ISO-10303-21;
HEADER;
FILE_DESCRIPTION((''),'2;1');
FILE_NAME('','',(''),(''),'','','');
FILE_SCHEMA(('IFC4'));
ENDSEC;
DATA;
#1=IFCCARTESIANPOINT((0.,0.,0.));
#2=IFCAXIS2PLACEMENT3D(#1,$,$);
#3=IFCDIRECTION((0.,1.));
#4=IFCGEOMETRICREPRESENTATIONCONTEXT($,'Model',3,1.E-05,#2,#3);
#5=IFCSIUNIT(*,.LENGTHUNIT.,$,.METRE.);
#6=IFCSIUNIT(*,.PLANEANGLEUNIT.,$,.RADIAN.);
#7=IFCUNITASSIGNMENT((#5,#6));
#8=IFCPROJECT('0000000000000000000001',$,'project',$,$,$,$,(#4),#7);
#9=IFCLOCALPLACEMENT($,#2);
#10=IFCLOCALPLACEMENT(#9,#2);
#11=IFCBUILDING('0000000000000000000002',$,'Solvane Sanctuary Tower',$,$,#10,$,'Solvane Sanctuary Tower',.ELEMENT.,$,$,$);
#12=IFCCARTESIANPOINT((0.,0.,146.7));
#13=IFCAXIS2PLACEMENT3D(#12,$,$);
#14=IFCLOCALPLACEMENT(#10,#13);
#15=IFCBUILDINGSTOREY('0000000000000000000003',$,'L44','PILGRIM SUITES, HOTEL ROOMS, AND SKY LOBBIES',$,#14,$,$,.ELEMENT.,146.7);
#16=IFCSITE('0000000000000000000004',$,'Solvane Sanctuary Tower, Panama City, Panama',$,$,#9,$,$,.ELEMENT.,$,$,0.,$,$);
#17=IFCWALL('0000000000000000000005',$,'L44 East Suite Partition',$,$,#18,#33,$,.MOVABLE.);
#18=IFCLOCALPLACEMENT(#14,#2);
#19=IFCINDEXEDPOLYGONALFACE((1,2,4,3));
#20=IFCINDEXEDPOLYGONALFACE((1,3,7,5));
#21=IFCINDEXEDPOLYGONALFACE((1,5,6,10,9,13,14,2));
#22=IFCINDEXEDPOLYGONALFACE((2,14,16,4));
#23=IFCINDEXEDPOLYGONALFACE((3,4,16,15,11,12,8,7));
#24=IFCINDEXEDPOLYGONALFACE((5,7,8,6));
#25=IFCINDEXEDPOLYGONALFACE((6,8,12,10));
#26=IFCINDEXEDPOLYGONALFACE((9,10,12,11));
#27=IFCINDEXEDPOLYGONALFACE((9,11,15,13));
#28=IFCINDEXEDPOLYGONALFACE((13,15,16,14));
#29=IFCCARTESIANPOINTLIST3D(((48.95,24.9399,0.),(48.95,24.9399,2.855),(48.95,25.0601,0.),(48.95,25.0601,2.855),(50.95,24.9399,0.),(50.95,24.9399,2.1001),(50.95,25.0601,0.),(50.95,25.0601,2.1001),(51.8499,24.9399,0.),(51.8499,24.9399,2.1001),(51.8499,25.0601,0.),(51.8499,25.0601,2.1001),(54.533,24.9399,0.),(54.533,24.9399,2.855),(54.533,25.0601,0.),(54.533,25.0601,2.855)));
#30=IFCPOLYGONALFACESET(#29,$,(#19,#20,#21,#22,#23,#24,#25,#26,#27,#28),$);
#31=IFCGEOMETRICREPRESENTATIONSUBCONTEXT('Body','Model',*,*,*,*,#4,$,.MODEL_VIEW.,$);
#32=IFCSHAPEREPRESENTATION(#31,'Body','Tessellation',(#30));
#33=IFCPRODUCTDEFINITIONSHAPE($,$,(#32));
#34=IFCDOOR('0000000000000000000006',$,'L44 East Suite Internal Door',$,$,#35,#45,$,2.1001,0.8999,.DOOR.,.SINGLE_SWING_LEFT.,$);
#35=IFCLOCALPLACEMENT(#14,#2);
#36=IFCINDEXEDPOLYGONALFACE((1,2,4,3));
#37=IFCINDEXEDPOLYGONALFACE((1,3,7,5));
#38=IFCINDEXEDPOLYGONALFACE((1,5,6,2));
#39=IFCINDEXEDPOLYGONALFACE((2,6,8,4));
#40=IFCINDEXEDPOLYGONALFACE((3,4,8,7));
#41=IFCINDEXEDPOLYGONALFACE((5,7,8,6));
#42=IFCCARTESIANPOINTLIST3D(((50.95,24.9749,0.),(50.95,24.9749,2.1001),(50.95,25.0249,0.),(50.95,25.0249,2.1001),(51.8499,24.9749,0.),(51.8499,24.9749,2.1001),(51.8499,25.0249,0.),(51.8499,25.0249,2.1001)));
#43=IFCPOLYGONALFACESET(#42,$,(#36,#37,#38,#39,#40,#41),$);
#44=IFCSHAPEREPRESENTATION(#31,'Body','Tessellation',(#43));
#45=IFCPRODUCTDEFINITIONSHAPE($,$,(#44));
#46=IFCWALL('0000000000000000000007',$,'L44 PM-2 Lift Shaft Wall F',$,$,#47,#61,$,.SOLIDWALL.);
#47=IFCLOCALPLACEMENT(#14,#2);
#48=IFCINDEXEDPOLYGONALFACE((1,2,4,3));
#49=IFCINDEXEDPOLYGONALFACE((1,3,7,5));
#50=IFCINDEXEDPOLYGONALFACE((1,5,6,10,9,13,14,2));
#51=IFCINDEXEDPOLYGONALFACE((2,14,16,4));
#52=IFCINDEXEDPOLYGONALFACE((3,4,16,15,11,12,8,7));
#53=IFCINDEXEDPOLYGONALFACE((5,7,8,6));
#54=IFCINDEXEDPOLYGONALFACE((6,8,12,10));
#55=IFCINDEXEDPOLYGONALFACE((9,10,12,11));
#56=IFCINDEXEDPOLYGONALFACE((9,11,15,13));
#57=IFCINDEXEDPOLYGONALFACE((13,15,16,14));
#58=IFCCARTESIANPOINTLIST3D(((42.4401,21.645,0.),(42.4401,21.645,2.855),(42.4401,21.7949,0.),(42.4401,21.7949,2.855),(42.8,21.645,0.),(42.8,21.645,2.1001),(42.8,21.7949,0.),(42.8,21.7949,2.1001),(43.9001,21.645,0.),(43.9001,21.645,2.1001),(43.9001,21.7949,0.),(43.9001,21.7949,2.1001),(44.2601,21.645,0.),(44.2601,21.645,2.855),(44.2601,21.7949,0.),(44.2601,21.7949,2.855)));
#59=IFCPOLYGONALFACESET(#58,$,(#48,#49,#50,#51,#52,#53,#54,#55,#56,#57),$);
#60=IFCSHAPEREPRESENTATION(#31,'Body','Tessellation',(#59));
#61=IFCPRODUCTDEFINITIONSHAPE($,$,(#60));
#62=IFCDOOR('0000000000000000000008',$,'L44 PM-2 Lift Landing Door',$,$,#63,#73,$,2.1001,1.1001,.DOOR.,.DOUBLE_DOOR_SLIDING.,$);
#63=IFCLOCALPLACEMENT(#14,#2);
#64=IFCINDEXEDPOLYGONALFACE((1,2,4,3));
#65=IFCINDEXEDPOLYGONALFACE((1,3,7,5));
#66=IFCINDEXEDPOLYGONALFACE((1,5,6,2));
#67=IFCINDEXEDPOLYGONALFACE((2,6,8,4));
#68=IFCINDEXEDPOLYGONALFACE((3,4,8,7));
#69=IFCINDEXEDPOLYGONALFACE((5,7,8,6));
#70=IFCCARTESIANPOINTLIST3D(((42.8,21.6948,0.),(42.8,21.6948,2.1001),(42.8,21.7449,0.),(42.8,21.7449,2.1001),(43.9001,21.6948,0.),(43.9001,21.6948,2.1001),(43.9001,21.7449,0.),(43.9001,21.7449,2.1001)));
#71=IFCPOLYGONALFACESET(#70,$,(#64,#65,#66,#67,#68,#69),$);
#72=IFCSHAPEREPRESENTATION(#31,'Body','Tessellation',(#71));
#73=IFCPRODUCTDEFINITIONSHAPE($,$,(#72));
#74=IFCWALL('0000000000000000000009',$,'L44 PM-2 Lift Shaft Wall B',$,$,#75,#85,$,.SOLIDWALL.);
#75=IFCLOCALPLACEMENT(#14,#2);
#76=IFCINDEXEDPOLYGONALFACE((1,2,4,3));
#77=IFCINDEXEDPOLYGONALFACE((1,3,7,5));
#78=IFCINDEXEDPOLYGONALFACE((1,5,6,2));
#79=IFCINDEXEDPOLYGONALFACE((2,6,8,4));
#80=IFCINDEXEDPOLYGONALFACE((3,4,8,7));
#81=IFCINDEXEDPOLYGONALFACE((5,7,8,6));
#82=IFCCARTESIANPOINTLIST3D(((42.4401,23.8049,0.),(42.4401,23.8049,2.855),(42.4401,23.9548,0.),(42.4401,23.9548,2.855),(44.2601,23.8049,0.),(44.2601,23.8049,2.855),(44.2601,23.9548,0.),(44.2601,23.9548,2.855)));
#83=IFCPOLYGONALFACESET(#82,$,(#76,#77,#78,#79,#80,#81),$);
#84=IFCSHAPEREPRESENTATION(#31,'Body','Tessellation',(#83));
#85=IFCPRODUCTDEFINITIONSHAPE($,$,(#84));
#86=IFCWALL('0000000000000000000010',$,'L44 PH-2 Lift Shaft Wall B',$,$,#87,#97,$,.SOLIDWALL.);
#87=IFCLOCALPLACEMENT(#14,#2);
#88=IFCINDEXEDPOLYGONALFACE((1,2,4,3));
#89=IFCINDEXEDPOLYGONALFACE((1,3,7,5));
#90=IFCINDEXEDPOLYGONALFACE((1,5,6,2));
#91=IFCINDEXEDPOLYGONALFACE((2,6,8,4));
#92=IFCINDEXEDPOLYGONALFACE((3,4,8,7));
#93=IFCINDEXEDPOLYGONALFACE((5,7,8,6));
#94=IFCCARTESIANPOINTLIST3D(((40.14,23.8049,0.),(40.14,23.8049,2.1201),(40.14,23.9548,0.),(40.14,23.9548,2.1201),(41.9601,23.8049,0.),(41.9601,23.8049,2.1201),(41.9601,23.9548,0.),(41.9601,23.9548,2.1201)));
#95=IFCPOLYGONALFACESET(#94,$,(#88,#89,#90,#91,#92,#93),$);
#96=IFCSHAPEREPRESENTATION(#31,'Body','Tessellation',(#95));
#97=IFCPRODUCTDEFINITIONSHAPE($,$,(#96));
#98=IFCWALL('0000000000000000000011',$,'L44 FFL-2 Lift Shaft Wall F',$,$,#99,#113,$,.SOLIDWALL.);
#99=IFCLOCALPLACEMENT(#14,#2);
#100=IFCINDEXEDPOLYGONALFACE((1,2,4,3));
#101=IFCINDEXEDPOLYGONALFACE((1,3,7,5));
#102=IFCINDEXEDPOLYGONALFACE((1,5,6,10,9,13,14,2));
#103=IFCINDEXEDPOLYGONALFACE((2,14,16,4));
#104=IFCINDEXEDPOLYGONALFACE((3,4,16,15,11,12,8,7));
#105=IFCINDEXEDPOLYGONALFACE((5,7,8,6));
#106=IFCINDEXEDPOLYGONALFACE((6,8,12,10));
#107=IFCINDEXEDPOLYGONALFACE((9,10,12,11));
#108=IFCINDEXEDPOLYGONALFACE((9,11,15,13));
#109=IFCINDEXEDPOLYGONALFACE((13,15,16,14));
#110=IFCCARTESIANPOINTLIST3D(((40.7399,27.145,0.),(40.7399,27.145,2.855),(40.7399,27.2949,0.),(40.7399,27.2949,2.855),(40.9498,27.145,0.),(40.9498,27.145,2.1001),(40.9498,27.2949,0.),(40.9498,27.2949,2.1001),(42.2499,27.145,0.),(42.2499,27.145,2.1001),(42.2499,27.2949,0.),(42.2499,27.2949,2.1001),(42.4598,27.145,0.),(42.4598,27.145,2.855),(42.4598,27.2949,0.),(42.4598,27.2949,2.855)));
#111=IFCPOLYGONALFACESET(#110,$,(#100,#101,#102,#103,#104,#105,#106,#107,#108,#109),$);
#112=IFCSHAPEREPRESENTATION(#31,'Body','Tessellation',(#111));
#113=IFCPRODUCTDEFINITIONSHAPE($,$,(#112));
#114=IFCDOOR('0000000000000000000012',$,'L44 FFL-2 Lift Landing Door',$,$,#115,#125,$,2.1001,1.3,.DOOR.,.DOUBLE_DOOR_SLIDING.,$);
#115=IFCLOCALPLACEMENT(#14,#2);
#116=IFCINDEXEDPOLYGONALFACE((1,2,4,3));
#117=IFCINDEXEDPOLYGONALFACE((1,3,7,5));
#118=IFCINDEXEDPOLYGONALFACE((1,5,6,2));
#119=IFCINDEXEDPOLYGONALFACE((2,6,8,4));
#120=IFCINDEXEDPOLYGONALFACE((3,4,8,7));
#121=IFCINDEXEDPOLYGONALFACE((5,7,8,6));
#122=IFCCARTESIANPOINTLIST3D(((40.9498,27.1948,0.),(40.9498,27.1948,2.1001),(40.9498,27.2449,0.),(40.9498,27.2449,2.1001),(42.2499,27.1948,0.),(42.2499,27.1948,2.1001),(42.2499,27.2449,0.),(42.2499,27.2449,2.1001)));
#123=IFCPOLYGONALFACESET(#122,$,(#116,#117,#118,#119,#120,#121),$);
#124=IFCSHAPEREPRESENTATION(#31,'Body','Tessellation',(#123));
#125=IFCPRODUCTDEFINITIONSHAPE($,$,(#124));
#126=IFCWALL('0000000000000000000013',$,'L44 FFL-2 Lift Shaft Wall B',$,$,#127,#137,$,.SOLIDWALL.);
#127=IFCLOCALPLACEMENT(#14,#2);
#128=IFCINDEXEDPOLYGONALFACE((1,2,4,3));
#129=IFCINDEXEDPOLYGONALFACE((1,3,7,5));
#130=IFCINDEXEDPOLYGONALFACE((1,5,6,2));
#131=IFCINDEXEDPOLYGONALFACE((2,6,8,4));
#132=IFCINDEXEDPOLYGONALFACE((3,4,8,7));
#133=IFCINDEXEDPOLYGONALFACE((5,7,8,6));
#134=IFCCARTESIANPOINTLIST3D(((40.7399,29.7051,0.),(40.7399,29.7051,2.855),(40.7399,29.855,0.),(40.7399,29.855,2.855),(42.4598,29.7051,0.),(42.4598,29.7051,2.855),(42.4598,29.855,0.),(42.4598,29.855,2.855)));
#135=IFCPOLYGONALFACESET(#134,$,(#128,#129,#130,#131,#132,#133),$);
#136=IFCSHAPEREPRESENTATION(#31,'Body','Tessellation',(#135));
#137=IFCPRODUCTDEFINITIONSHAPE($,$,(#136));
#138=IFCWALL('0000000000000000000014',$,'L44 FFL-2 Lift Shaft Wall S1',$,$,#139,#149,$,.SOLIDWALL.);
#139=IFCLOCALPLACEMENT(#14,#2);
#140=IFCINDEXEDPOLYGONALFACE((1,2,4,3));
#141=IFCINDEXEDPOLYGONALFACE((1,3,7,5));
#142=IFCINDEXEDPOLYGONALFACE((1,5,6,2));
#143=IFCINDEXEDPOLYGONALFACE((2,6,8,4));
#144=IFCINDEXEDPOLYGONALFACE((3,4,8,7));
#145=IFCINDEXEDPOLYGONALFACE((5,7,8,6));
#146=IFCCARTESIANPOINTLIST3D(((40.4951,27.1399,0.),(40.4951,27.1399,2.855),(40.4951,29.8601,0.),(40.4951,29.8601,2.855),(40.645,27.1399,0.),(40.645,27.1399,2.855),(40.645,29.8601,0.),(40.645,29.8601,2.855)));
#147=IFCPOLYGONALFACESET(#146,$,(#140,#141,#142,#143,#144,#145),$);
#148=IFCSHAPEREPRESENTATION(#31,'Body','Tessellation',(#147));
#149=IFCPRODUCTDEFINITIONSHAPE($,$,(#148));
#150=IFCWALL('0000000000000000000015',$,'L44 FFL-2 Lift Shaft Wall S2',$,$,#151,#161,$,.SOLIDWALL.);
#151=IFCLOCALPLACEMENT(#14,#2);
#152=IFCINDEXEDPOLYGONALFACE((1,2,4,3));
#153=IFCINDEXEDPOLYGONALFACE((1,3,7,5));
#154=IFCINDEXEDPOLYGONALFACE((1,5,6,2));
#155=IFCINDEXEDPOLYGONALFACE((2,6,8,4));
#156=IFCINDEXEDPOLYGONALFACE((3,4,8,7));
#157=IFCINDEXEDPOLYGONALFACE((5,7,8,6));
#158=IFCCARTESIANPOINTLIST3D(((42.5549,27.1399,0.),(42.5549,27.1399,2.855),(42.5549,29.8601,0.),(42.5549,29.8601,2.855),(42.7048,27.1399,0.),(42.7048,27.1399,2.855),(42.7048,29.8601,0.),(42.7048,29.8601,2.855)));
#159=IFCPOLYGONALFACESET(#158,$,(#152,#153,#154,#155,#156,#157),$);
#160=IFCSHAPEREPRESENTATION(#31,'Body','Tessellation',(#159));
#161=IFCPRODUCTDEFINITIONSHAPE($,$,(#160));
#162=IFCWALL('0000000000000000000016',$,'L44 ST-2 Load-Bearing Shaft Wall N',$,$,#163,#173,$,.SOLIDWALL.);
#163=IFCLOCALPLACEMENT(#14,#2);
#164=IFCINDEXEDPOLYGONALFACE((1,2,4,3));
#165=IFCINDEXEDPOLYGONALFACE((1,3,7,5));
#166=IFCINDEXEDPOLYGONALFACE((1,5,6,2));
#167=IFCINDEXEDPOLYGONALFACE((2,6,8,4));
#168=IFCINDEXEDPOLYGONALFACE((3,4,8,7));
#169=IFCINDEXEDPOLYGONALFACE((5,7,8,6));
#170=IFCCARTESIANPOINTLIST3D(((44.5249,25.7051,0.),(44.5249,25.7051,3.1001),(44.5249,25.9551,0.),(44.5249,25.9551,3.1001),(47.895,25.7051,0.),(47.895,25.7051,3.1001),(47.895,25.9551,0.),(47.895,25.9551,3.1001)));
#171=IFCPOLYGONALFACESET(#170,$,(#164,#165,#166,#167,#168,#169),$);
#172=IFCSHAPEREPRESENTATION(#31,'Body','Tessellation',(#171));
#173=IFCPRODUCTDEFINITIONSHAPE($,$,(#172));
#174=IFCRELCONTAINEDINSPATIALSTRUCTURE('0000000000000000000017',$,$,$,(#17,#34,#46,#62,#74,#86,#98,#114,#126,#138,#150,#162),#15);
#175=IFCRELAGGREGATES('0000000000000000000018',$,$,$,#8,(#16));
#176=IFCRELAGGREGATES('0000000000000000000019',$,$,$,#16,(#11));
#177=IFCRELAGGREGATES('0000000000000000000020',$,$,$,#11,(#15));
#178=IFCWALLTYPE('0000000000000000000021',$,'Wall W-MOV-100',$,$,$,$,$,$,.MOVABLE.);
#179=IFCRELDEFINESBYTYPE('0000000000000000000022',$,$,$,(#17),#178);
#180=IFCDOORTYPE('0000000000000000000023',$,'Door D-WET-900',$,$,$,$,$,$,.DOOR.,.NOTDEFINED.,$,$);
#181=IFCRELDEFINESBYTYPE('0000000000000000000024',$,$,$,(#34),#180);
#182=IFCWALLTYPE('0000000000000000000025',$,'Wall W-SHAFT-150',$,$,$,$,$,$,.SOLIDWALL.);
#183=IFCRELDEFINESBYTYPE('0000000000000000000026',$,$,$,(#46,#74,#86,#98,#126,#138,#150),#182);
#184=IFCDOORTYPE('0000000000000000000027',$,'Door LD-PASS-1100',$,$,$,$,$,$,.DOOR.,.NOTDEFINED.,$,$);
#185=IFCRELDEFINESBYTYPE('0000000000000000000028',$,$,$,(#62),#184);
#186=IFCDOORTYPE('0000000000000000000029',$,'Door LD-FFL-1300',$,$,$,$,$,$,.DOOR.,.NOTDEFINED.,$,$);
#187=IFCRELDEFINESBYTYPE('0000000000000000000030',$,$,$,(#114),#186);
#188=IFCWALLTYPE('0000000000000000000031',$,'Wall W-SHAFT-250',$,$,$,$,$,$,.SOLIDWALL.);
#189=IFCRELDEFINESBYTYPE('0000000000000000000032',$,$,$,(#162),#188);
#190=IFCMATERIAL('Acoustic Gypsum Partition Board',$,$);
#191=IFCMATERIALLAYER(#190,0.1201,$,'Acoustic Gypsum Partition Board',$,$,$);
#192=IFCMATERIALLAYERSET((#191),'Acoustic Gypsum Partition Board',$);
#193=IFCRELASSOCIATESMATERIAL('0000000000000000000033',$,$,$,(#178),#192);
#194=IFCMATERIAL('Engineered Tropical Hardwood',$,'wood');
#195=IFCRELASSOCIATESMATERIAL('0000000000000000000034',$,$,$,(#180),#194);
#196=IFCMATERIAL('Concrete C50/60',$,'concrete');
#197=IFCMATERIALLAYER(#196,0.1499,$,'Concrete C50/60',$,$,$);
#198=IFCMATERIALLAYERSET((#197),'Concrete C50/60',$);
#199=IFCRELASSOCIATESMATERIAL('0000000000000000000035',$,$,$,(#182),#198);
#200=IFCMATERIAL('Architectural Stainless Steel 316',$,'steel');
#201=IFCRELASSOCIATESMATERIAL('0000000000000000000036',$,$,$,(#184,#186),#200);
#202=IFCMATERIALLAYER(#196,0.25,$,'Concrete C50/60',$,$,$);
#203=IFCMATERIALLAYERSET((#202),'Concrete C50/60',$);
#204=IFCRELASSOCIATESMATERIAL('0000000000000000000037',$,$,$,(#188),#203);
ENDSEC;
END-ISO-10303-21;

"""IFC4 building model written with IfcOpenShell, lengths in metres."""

from ifc_helpers import new_model, si_unit, direction, frame, frame_2d, origin, place, context, subcontext, project, spatial, rectangle, extrude, material, layer, layer_set, type_object, element, fill, save


model = new_model("IFC4")

# Units and contexts
model_context = context("Model", 3, precision=1e-05, world=origin(), true_north=direction((0.0, 1.0)))
body_context = subcontext(model_context, "Body", "Model", "MODEL_VIEW")
ifc_project = project(units=[si_unit("LENGTHUNIT", "METRE"), si_unit("PLANEANGLEUNIT", "RADIAN")], contexts=[model_context])

# Site, building, storey
site_placement = place(None, origin())
site = spatial("IfcSite", under=ifc_project, at=site_placement, Name="Solvane Sanctuary Tower, Panama City, Panama", CompositionType="ELEMENT", RefElevation=0.0)
building_placement = place(site_placement, origin())
building = spatial("IfcBuilding", under=site, at=building_placement, Name="Solvane Sanctuary Tower", LongName="Solvane Sanctuary Tower", CompositionType="ELEMENT")
storey_placement = place(building_placement, frame((0.0, 0.0, 146.7)))
storey = spatial("IfcBuildingStorey", under=building, at=storey_placement, Name="L44", Description="PILGRIM SUITES, HOTEL ROOMS, AND SKY LOBBIES", CompositionType="ELEMENT", Elevation=146.7)

# Shared definitions
ifc_material_1 = material(Name="Acoustic Gypsum Partition Board")

# Shared definitions
ifc_material_2 = material(Name="Architectural Stainless Steel 316", Category="steel")

# Walls, openings, doors
ifc_layer_1 = layer(ifc_material_1, 0.1201, Name="Acoustic Gypsum Partition Board")
ifc_layer_set_1 = layer_set([ifc_layer_1], Name="Acoustic Gypsum Partition Board")
wall_type_1 = type_object("IfcWallType", Name="Wall W-MOV-100", PredefinedType="MOVABLE", material=ifc_layer_set_1)
wall_1_placement = place(storey_placement, frame((48.95, 25.0, 0.0), z_axis=(0.0, 0.0, 1.0), x_axis=(1.0, 0.0, 0.0)))
wall_1 = element("IfcWall", 1, at=wall_1_placement, inside=storey, type_object=wall_type_1, Name="L44 East Suite Partition", PredefinedType="MOVABLE", context=body_context, shape_type="SweptSolid", body=[
    extrude(rectangle(XDim=5.583, YDim=0.1201, at=frame_2d((2.7915, 0.0))), origin(), (0.0, 0.0, 1.0), 2.855),
])
opening_1_placement = place(wall_1_placement, frame((2.0, 0.0, 0.0)))
opening_1 = element("IfcOpeningElement", 2, at=opening_1_placement, cuts=wall_1, PredefinedType="OPENING", context=body_context, shape_type="SweptSolid", body=[
    extrude(rectangle(XDim=0.8999, YDim=2.1001, at=frame_2d((0.45, 1.05))), frame((0.0, 0.0701, 0.0), z_axis=(0.0, -1.0, 0.0), x_axis=(1.0, 0.0, 0.0)), (0.0, 0.0, 1.0), 0.1401),
])
ifc_material_3 = material(Name="Engineered Tropical Hardwood", Category="wood")
door_type_1 = type_object("IfcDoorType", Name="Door D-WET-900", OperationType="NOTDEFINED", PredefinedType="DOOR", material=ifc_material_3)
door_1_placement = place(opening_1_placement, origin())
door_1 = element("IfcDoor", 3, at=door_1_placement, inside=storey, type_object=door_type_1, Name="L44 East Suite Internal Door", OperationType="SINGLE_SWING_LEFT", OverallHeight=2.1001, OverallWidth=0.8999, PredefinedType="DOOR", context=body_context, shape_type="SweptSolid", body=[
    extrude(rectangle(XDim=0.8999, YDim=2.1001, at=frame_2d((0.45, 1.05))), frame((0.0, 0.0249, 0.0), z_axis=(0.0, -1.0, 0.0), x_axis=(1.0, 0.0, 0.0)), (0.0, 0.0, 1.0), 0.05),
])
fill(opening_1, door_1)
ifc_material_4 = material(Name="Concrete C50/60", Category="concrete")
ifc_layer_2 = layer(ifc_material_4, 0.1499, Name="Concrete C50/60")
ifc_layer_set_2 = layer_set([ifc_layer_2], Name="Concrete C50/60")
wall_type_2 = type_object("IfcWallType", Name="Wall W-SHAFT-150", PredefinedType="SOLIDWALL", material=ifc_layer_set_2)
wall_2_placement = place(storey_placement, frame((42.4399, 21.72, 0.0), z_axis=(0.0, 0.0, 1.0), x_axis=(1.0, 0.0, 0.0)))
wall_2 = element("IfcWall", 4, at=wall_2_placement, inside=storey, type_object=wall_type_2, Name="L44 PM-2 Lift Shaft Wall F", PredefinedType="SOLIDWALL", context=body_context, shape_type="SweptSolid", body=[
    extrude(rectangle(XDim=1.8201, YDim=0.1499, at=frame_2d((0.9102, 0.0))), origin(), (0.0, 0.0, 1.0), 2.855),
])
opening_2_placement = place(wall_2_placement, frame((0.3601, 0.0, 0.0)))
opening_2 = element("IfcOpeningElement", 5, at=opening_2_placement, cuts=wall_2, PredefinedType="OPENING", context=body_context, shape_type="SweptSolid", body=[
    extrude(rectangle(XDim=1.1001, YDim=2.1001, at=frame_2d((0.55, 1.05))), frame((0.0, 0.085, 0.0), z_axis=(0.0, -1.0, 0.0), x_axis=(1.0, 0.0, 0.0)), (0.0, 0.0, 1.0), 0.1699),
])
door_type_2 = type_object("IfcDoorType", Name="Door LD-PASS-1100", OperationType="NOTDEFINED", PredefinedType="DOOR", material=ifc_material_2)
door_2_placement = place(opening_2_placement, origin())
door_2 = element("IfcDoor", 6, at=door_2_placement, inside=storey, type_object=door_type_2, Name="L44 PM-2 Lift Landing Door", OperationType="DOUBLE_DOOR_SLIDING", OverallHeight=2.1001, OverallWidth=1.1001, PredefinedType="DOOR", context=body_context, shape_type="SweptSolid", body=[
    extrude(rectangle(XDim=1.1001, YDim=2.1001, at=frame_2d((0.55, 1.05))), frame((0.0, 0.0249, 0.0), z_axis=(0.0, -1.0, 0.0), x_axis=(1.0, 0.0, 0.0)), (0.0, 0.0, 1.0), 0.05),
])
fill(opening_2, door_2)

# Walls
wall_3_placement = place(storey_placement, frame((42.4399, 23.8799, 0.0), z_axis=(0.0, 0.0, 1.0), x_axis=(1.0, 0.0, 0.0)))
element("IfcWall", 7, at=wall_3_placement, inside=storey, type_object=wall_type_2, Name="L44 PM-2 Lift Shaft Wall B", PredefinedType="SOLIDWALL", context=body_context, shape_type="SweptSolid", body=[
    extrude(rectangle(XDim=1.8201, YDim=0.1499, at=frame_2d((0.9102, 0.0))), origin(), (0.0, 0.0, 1.0), 2.855),
])
wall_4_placement = place(storey_placement, frame((40.1399, 23.8799, 0.0), z_axis=(0.0, 0.0, 1.0), x_axis=(1.0, 0.0, 0.0)))
element("IfcWall", 8, at=wall_4_placement, inside=storey, type_object=wall_type_2, Name="L44 PH-2 Lift Shaft Wall B", PredefinedType="SOLIDWALL", context=body_context, shape_type="SweptSolid", body=[
    extrude(rectangle(XDim=1.8201, YDim=0.1499, at=frame_2d((0.9102, 0.0))), origin(), (0.0, 0.0, 1.0), 2.1201),
])

# Wall, opening, door
wall_5_placement = place(storey_placement, frame((40.74, 27.22, 0.0), z_axis=(0.0, 0.0, 1.0), x_axis=(1.0, 0.0, 0.0)))
wall_5 = element("IfcWall", 9, at=wall_5_placement, inside=storey, type_object=wall_type_2, Name="L44 FFL-2 Lift Shaft Wall F", PredefinedType="SOLIDWALL", context=body_context, shape_type="SweptSolid", body=[
    extrude(rectangle(XDim=1.72, YDim=0.1499, at=frame_2d((0.8599, 0.0))), origin(), (0.0, 0.0, 1.0), 2.855),
])
opening_3_placement = place(wall_5_placement, frame((0.21, 0.0, 0.0)))
opening_3 = element("IfcOpeningElement", 10, at=opening_3_placement, cuts=wall_5, PredefinedType="OPENING", context=body_context, shape_type="SweptSolid", body=[
    extrude(rectangle(XDim=1.3, YDim=2.1001, at=frame_2d((0.6499, 1.05))), frame((0.0, 0.085, 0.0), z_axis=(0.0, -1.0, 0.0), x_axis=(1.0, 0.0, 0.0)), (0.0, 0.0, 1.0), 0.1699),
])
door_type_3 = type_object("IfcDoorType", Name="Door LD-FFL-1300", OperationType="NOTDEFINED", PredefinedType="DOOR", material=ifc_material_2)
door_3_placement = place(opening_3_placement, origin())
door_3 = element("IfcDoor", 11, at=door_3_placement, inside=storey, type_object=door_type_3, Name="L44 FFL-2 Lift Landing Door", OperationType="DOUBLE_DOOR_SLIDING", OverallHeight=2.1001, OverallWidth=1.3, PredefinedType="DOOR", context=body_context, shape_type="SweptSolid", body=[
    extrude(rectangle(XDim=1.3, YDim=2.1001, at=frame_2d((0.6499, 1.05))), frame((0.0, 0.0249, 0.0), z_axis=(0.0, -1.0, 0.0), x_axis=(1.0, 0.0, 0.0)), (0.0, 0.0, 1.0), 0.05),
])
fill(opening_3, door_3)

# Walls
wall_6_placement = place(storey_placement, frame((40.74, 29.78, 0.0), z_axis=(0.0, 0.0, 1.0), x_axis=(1.0, 0.0, 0.0)))
element("IfcWall", 12, at=wall_6_placement, inside=storey, type_object=wall_type_2, Name="L44 FFL-2 Lift Shaft Wall B", PredefinedType="SOLIDWALL", context=body_context, shape_type="SweptSolid", body=[
    extrude(rectangle(XDim=1.72, YDim=0.1499, at=frame_2d((0.8599, 0.0))), origin(), (0.0, 0.0, 1.0), 2.855),
])
for number, where, z_axis, x_axis, name in (
    (13, (40.5701, 27.1399, 0.0), (0.0, 0.0, 1.0), (0.0, 1.0, 0.0), "L44 FFL-2 Lift Shaft Wall S1"),
    (14, (42.6299, 27.1399, 0.0), (0.0, 0.0, 1.0), (0.0, 1.0, 0.0), "L44 FFL-2 Lift Shaft Wall S2"),
):
    element("IfcWall", number, at=place(storey_placement, frame(where, z_axis=z_axis, x_axis=x_axis)), inside=storey, type_object=wall_type_2, Name=name, PredefinedType="SOLIDWALL", context=body_context, shape_type="SweptSolid", body=[
        extrude(rectangle(XDim=2.7202, YDim=0.1499, at=frame_2d((1.3601, 0.0))), origin(), (0.0, 0.0, 1.0), 2.855),
    ])
ifc_layer_3 = layer(ifc_material_4, 0.25, Name="Concrete C50/60")
ifc_layer_set_3 = layer_set([ifc_layer_3], Name="Concrete C50/60")
wall_type_3 = type_object("IfcWallType", Name="Wall W-SHAFT-250", PredefinedType="SOLIDWALL", material=ifc_layer_set_3)
wall_7_placement = place(storey_placement, frame((44.5249, 25.8301, 0.0), z_axis=(0.0, 0.0, 1.0), x_axis=(1.0, 0.0, 0.0)))
element("IfcWall", 15, at=wall_7_placement, inside=storey, type_object=wall_type_3, Name="L44 ST-2 Load-Bearing Shaft Wall N", PredefinedType="SOLIDWALL", context=body_context, shape_type="SweptSolid", body=[
    extrude(rectangle(XDim=3.3701, YDim=0.25, at=frame_2d((1.6851, 0.0))), origin(), (0.0, 0.0, 1.0), 3.1001),
])

save(model, "model.ifc")
